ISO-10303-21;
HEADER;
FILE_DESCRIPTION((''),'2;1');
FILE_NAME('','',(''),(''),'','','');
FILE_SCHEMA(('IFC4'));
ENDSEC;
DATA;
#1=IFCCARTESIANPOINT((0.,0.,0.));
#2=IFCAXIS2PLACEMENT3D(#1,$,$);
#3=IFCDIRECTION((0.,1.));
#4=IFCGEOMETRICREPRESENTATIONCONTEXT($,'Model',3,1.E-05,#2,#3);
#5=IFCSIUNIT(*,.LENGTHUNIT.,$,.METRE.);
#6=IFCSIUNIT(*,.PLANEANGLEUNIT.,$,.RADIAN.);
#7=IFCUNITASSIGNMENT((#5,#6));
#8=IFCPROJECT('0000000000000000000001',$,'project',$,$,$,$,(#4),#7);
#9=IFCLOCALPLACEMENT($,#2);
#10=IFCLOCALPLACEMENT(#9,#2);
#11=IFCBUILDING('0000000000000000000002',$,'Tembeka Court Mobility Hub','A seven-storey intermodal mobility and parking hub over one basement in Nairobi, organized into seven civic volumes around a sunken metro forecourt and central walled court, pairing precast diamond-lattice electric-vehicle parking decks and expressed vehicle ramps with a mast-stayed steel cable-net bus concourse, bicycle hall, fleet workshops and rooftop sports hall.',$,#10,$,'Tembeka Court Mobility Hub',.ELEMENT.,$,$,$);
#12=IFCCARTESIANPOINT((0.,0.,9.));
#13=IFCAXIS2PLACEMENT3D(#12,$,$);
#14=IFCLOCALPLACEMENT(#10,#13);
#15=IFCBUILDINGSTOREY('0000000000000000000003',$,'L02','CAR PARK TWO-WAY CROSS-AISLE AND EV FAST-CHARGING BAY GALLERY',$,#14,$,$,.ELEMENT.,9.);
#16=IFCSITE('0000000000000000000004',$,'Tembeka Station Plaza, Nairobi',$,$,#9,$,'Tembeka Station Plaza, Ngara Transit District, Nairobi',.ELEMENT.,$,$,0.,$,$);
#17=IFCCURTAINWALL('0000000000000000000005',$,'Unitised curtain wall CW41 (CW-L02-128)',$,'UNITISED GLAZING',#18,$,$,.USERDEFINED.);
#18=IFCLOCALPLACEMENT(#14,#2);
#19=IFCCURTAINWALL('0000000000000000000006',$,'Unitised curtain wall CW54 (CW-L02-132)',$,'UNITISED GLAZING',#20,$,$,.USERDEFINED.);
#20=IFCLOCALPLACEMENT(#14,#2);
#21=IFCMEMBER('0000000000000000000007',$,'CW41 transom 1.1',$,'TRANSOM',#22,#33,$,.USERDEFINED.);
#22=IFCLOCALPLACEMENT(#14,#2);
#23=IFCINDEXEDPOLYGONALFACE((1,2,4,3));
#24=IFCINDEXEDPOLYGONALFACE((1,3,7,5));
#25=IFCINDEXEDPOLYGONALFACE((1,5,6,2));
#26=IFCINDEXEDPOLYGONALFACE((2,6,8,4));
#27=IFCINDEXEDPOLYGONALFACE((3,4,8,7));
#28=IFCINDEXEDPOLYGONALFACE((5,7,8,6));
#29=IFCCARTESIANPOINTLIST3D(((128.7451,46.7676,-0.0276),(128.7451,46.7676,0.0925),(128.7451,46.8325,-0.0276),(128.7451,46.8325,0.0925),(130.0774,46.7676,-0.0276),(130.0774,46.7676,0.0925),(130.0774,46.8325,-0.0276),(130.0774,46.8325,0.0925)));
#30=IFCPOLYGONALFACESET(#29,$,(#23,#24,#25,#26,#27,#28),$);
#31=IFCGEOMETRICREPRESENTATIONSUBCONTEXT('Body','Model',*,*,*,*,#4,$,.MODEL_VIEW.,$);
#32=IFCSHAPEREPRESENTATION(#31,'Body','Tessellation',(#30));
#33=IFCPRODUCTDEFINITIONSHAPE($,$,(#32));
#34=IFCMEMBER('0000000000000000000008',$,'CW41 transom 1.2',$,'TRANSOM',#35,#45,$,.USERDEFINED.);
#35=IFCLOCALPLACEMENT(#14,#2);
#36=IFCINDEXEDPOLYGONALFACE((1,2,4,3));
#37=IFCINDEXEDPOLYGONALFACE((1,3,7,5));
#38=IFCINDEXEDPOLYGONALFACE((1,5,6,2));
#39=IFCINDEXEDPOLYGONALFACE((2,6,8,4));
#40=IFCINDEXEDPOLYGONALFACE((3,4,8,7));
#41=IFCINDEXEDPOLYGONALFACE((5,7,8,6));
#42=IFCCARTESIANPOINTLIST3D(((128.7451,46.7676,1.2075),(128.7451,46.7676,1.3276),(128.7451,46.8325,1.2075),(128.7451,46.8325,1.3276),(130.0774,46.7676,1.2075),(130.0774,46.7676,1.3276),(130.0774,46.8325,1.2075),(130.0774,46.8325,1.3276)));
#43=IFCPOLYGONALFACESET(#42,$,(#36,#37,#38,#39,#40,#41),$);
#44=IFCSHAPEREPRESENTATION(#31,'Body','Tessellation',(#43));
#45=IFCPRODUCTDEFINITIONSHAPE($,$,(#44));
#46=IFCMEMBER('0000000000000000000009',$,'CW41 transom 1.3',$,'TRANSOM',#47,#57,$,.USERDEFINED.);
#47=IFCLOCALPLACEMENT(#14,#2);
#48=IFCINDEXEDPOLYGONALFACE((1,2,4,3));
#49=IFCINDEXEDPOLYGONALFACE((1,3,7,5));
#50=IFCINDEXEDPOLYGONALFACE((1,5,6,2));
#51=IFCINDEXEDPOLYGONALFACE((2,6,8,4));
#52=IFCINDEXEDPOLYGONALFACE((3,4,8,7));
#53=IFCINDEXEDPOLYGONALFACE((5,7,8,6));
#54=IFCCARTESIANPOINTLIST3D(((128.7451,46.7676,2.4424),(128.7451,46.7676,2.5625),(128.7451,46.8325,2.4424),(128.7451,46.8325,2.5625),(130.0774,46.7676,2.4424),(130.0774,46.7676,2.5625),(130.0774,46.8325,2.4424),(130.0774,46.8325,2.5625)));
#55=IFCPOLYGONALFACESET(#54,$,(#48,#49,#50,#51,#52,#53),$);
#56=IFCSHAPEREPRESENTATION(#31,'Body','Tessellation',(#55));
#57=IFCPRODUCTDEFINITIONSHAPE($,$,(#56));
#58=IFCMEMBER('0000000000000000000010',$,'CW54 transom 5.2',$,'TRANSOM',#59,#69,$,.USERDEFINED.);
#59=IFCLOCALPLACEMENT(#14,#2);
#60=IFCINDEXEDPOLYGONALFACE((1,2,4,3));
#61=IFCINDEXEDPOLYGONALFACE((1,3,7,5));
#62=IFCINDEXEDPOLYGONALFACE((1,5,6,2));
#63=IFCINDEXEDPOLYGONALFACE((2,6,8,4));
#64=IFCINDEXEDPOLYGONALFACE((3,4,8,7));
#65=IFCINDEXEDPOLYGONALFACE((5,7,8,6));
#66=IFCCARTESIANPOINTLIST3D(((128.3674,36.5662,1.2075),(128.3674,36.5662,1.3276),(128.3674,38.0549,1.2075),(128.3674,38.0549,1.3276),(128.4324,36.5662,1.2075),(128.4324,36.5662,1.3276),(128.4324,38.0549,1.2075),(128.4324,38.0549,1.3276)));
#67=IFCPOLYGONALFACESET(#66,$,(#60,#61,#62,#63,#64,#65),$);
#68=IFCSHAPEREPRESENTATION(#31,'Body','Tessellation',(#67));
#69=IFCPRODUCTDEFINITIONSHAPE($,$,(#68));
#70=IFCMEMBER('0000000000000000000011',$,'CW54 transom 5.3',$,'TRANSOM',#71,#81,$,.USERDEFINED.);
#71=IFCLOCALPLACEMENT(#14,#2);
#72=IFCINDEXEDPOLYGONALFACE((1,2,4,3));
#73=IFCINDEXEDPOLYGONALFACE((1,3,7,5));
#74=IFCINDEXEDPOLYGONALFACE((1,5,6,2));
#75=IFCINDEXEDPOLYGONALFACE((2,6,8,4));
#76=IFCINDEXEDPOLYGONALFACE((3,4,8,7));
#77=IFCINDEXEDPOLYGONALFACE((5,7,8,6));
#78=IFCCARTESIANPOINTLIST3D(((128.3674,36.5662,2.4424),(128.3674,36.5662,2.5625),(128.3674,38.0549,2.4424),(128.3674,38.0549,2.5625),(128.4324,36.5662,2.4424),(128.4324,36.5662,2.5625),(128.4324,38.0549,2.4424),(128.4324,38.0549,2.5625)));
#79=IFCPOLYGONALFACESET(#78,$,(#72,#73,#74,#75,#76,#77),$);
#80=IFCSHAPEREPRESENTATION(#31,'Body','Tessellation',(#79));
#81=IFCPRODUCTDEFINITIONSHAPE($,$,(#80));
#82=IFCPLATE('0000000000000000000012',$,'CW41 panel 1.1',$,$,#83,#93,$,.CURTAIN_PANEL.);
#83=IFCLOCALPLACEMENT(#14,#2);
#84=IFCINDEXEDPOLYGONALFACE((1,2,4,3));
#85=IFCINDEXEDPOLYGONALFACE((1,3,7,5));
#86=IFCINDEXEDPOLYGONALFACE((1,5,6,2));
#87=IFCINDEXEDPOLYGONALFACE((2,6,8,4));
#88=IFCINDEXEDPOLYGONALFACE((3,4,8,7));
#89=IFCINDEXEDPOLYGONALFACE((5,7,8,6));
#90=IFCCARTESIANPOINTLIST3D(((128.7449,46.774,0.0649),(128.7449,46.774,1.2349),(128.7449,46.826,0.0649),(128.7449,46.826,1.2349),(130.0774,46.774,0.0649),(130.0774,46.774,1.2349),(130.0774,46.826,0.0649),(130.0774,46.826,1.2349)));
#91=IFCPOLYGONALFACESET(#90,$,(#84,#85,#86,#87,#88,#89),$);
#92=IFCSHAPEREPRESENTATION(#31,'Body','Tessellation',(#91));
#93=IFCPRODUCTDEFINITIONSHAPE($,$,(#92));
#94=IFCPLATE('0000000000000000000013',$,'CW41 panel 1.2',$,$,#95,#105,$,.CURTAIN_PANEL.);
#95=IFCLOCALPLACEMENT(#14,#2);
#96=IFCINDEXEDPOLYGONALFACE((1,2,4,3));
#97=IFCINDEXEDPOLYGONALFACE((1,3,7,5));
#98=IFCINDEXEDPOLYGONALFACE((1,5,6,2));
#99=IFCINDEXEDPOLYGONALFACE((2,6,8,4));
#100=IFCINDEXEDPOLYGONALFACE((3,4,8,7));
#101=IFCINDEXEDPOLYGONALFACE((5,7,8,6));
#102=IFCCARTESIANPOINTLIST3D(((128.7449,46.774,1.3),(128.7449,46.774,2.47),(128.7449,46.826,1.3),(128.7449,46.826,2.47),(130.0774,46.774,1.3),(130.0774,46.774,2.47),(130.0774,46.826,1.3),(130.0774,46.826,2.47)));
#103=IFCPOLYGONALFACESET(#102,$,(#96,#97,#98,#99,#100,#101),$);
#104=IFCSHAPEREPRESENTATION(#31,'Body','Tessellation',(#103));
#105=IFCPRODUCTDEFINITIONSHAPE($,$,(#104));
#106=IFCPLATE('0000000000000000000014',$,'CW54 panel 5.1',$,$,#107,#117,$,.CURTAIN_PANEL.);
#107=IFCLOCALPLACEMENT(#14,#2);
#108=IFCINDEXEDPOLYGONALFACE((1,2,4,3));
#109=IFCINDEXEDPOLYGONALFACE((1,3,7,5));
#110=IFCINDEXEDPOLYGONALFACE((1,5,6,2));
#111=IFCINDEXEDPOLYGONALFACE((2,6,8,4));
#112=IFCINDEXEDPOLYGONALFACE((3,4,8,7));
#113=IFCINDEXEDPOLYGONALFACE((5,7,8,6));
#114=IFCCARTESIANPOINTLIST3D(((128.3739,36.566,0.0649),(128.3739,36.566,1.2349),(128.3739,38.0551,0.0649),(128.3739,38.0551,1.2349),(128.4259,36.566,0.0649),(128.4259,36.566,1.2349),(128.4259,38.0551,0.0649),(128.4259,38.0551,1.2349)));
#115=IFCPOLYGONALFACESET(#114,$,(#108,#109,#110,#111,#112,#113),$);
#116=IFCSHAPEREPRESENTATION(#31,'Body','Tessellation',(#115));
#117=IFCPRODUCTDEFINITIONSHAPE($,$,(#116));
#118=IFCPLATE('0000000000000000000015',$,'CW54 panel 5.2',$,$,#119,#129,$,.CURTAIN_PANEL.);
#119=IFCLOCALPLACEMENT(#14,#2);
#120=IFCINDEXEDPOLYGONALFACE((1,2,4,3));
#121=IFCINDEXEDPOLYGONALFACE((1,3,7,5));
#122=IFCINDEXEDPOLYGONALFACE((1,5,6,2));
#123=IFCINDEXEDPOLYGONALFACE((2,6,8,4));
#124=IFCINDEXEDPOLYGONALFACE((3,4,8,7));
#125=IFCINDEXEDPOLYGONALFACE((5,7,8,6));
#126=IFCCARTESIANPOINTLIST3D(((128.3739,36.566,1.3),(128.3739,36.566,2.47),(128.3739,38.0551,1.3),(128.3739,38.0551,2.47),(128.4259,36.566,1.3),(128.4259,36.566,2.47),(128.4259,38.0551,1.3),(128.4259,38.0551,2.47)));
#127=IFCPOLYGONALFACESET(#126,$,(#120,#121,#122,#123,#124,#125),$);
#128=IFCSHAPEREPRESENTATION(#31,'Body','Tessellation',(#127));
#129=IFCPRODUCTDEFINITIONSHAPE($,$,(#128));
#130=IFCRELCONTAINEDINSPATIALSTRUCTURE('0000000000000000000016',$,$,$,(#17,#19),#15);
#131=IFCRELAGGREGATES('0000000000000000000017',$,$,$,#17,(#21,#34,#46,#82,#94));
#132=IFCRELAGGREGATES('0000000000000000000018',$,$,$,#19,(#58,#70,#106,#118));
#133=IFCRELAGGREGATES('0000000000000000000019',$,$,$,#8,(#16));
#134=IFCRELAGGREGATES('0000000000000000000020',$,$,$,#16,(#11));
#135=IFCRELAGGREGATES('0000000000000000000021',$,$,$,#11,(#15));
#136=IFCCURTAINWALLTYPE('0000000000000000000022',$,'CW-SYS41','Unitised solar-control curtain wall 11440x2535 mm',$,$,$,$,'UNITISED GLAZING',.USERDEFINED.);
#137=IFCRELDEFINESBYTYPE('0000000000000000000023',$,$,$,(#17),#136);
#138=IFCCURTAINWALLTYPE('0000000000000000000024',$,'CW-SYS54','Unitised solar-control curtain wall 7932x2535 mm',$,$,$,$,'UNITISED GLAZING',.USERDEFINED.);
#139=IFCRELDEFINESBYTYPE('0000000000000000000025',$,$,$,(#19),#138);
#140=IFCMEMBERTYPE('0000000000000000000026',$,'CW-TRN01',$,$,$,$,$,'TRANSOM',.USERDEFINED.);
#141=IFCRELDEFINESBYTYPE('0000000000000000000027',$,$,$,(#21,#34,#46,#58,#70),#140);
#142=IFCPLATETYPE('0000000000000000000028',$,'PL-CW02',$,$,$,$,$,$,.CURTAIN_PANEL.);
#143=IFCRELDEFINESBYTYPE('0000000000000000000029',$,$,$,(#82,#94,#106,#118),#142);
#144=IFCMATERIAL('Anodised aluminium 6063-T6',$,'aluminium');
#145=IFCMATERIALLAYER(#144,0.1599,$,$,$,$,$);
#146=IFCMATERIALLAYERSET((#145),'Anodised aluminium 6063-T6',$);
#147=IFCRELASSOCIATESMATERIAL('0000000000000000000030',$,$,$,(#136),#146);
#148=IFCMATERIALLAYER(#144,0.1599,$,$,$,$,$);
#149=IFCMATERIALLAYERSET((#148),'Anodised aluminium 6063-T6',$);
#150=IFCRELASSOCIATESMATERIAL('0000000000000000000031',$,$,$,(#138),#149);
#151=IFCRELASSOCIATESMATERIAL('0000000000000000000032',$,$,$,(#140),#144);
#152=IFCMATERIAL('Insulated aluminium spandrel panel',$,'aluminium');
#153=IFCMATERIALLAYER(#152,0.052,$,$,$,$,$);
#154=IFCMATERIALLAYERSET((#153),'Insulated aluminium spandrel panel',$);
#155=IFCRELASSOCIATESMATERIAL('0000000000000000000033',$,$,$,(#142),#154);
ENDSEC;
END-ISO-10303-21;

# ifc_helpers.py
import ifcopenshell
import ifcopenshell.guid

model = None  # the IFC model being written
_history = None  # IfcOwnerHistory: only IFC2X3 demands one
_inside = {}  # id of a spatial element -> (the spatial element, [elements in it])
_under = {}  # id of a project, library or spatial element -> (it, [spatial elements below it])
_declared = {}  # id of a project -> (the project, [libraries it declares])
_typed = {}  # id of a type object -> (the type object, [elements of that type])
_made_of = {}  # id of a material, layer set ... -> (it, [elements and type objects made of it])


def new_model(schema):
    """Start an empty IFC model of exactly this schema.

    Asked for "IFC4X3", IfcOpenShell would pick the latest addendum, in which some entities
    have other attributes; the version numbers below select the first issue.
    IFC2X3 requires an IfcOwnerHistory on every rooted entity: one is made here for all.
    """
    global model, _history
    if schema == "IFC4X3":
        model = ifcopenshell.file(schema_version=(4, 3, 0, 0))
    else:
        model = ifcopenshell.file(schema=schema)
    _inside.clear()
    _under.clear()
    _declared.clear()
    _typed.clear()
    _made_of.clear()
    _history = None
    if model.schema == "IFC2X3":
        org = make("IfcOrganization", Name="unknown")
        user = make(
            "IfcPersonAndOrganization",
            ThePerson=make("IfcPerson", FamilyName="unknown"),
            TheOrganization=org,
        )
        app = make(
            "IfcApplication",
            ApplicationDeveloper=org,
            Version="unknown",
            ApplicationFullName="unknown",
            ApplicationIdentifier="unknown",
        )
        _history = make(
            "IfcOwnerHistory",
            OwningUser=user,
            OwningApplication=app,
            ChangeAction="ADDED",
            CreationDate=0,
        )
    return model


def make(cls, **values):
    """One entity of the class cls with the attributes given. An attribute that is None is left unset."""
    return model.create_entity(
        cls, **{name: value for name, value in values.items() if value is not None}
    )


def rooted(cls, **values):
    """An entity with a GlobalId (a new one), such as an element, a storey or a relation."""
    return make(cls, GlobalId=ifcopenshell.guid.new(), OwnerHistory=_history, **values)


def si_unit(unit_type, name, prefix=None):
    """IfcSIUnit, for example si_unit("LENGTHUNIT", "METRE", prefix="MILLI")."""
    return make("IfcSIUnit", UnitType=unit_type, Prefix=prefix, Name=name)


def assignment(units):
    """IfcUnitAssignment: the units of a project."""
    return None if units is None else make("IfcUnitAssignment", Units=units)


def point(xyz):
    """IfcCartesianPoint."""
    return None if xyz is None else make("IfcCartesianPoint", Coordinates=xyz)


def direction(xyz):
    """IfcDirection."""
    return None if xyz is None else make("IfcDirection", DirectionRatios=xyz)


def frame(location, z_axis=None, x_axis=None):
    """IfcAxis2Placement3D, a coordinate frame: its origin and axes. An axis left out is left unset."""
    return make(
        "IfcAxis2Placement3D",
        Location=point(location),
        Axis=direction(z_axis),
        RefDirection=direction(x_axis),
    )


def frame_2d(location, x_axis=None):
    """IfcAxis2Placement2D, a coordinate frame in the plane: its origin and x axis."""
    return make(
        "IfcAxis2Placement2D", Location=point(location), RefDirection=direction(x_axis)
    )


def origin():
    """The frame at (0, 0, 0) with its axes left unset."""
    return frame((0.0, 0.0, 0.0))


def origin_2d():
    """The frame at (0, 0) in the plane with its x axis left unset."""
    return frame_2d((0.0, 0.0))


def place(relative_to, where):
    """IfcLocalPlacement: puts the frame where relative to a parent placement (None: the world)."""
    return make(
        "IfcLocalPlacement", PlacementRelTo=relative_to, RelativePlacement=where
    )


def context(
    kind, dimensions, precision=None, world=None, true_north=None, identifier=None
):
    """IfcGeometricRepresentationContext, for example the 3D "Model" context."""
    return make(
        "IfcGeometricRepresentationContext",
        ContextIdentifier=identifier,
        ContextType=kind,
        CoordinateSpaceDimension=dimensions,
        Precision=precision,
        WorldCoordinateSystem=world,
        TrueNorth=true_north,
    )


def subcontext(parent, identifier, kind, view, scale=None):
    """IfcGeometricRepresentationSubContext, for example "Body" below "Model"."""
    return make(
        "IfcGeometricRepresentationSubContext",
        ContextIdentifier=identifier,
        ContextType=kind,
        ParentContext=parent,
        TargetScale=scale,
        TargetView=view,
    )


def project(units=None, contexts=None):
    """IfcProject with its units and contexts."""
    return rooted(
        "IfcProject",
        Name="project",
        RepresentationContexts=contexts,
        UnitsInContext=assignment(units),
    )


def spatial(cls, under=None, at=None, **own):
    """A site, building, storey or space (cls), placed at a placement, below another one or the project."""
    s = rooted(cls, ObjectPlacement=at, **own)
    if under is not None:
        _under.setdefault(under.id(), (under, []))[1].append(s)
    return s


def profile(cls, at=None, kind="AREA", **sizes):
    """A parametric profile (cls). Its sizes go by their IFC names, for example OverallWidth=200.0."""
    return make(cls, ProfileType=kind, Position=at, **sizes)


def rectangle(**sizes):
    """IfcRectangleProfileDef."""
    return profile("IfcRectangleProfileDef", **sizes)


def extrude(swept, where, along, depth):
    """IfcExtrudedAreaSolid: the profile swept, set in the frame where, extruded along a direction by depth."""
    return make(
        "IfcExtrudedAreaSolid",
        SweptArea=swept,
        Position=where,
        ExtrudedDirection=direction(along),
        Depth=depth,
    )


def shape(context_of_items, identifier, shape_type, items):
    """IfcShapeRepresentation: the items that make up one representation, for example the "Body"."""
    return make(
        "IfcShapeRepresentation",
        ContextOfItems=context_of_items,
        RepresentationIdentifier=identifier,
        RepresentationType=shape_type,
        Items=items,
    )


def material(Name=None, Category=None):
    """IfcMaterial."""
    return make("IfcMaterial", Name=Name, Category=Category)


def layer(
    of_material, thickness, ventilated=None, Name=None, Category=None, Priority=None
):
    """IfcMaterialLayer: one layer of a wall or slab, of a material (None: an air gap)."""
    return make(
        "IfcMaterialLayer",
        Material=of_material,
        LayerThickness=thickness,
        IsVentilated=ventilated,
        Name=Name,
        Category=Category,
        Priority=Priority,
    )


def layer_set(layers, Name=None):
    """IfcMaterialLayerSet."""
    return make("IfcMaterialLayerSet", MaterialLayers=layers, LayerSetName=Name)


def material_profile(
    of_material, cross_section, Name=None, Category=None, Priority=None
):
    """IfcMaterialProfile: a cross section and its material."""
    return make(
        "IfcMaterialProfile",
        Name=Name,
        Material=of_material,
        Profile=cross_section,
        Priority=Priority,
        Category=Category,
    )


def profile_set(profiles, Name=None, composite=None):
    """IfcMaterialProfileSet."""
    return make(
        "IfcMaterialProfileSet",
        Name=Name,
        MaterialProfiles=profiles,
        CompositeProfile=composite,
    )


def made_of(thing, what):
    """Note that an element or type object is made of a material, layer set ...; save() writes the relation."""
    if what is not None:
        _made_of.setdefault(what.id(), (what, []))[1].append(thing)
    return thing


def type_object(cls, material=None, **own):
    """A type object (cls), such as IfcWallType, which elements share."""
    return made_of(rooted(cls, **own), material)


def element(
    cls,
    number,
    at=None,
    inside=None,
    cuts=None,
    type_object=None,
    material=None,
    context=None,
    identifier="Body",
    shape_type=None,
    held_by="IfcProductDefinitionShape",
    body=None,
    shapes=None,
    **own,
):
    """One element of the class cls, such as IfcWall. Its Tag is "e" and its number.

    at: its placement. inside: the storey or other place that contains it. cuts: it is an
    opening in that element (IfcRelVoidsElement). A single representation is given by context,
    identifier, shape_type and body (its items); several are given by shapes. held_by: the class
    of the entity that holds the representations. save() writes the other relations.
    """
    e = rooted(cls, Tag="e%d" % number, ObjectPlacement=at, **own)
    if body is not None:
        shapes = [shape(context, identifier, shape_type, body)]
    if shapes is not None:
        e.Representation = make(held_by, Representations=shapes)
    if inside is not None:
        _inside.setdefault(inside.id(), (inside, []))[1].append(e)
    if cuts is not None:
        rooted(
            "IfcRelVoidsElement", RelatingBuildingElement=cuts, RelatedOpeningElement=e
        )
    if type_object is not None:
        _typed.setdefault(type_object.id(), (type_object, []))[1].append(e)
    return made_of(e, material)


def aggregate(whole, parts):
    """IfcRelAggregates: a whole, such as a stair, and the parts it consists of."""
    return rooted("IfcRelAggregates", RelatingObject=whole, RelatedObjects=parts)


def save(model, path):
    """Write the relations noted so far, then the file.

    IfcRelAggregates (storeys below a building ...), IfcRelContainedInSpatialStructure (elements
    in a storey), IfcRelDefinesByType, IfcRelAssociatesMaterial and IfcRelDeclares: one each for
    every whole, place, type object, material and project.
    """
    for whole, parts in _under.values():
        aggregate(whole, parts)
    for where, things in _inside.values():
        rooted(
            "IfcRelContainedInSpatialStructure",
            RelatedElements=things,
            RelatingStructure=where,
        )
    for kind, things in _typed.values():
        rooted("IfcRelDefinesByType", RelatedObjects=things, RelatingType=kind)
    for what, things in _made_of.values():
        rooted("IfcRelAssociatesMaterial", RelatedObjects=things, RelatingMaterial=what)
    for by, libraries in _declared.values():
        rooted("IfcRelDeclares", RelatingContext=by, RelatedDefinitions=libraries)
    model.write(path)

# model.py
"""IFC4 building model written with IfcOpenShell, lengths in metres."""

from ifc_helpers import new_model, si_unit, direction, frame, origin, origin_2d, place, context, subcontext, project, spatial, rectangle, extrude, material, layer, layer_set, material_profile, profile_set, type_object, element, aggregate, save


model = new_model("IFC4")

# Units and contexts
model_context = context("Model", 3, precision=1e-05, world=origin(), true_north=direction((0.0, 1.0)))
body_context = subcontext(model_context, "Body", "Model", "MODEL_VIEW")
ifc_project = project(units=[si_unit("LENGTHUNIT", "METRE"), si_unit("PLANEANGLEUNIT", "RADIAN")], contexts=[model_context])

# Site, building, storey
site_placement = place(None, origin())
site = spatial("IfcSite", under=ifc_project, at=site_placement, Name="Tembeka Station Plaza, Nairobi", LongName="Tembeka Station Plaza, Ngara Transit District, Nairobi", CompositionType="ELEMENT", RefElevation=0.0)
building_placement = place(site_placement, origin())
building = spatial("IfcBuilding", under=site, at=building_placement, Name="Tembeka Court Mobility Hub", Description="A seven-storey intermodal mobility and parking hub over one basement in Nairobi, organized into seven civic volumes around a sunken metro forecourt and central walled court, pairing precast diamond-lattice electric-vehicle parking decks and expressed vehicle ramps with a mast-stayed steel cable-net bus concourse, bicycle hall, fleet workshops and rooftop sports hall.", LongName="Tembeka Court Mobility Hub", CompositionType="ELEMENT")
storey_placement = place(building_placement, frame((0.0, 0.0, 9.0)))
storey = spatial("IfcBuildingStorey", under=building, at=storey_placement, Name="L02", Description="CAR PARK TWO-WAY CROSS-AISLE AND EV FAST-CHARGING BAY GALLERY", CompositionType="ELEMENT", Elevation=9.0)

# Curtain wall
ifc_material_1 = material(Name="Anodised aluminium 6063-T6", Category="aluminium")
ifc_layer_1 = layer(ifc_material_1, 0.1599)
ifc_layer_set_1 = layer_set([ifc_layer_1], Name="Anodised aluminium 6063-T6")
curtain_wall_type_1 = type_object("IfcCurtainWallType", Name="CW-SYS41", Description="Unitised solar-control curtain wall 11440x2535 mm", ElementType="UNITISED GLAZING", PredefinedType="USERDEFINED", material=ifc_layer_set_1)
curtain_wall_1_placement = place(storey_placement, origin())
curtain_wall_1 = element("IfcCurtainWall", 1, at=curtain_wall_1_placement, inside=storey, type_object=curtain_wall_type_1, Name="Unitised curtain wall CW41 (CW-L02-128)", ObjectType="UNITISED GLAZING", PredefinedType="USERDEFINED")

# Curtain wall
ifc_layer_2 = layer(ifc_material_1, 0.1599)
ifc_layer_set_2 = layer_set([ifc_layer_2], Name="Anodised aluminium 6063-T6")
curtain_wall_type_2 = type_object("IfcCurtainWallType", Name="CW-SYS54", Description="Unitised solar-control curtain wall 7932x2535 mm", ElementType="UNITISED GLAZING", PredefinedType="USERDEFINED", material=ifc_layer_set_2)
curtain_wall_2_placement = place(storey_placement, origin())
curtain_wall_2 = element("IfcCurtainWall", 2, at=curtain_wall_2_placement, inside=storey, type_object=curtain_wall_type_2, Name="Unitised curtain wall CW54 (CW-L02-132)", ObjectType="UNITISED GLAZING", PredefinedType="USERDEFINED")

# Members
ifc_material_profile_1 = material_profile(ifc_material_1, rectangle(XDim=0.0649, YDim=0.1201, at=origin_2d()), Name="ALU-TRN 65x120")
ifc_profile_set_1 = profile_set([ifc_material_profile_1], Name="Anodised aluminium 6063-T6")
member_type_1 = type_object("IfcMemberType", Name="CW-TRN01", ElementType="TRANSOM", PredefinedType="USERDEFINED", material=ifc_profile_set_1)
member_1_placement = place(storey_placement, frame((128.7451, 46.8, 0.0325), z_axis=(1.0, 0.0, 0.0), x_axis=(0.0, 1.0, 0.0)))
member_1 = element("IfcMember", 3, at=member_1_placement, type_object=member_type_1, Name="CW41 transom 1.1", ObjectType="TRANSOM", PredefinedType="USERDEFINED", context=body_context, shape_type="SweptSolid", body=[
    extrude(rectangle(XDim=0.0649, YDim=0.1201, at=origin_2d()), origin(), (0.0, 0.0, 1.0), 1.3323),
])
member_2_placement = place(storey_placement, frame((128.7451, 46.8, 1.2676), z_axis=(1.0, 0.0, 0.0), x_axis=(0.0, 1.0, 0.0)))
member_2 = element("IfcMember", 4, at=member_2_placement, type_object=member_type_1, Name="CW41 transom 1.2", ObjectType="TRANSOM", PredefinedType="USERDEFINED", context=body_context, shape_type="SweptSolid", body=[
    extrude(rectangle(XDim=0.0649, YDim=0.1201, at=origin_2d()), origin(), (0.0, 0.0, 1.0), 1.3323),
])
member_3_placement = place(storey_placement, frame((128.7451, 46.8, 2.5024), z_axis=(1.0, 0.0, 0.0), x_axis=(0.0, 1.0, 0.0)))
member_3 = element("IfcMember", 5, at=member_3_placement, type_object=member_type_1, Name="CW41 transom 1.3", ObjectType="TRANSOM", PredefinedType="USERDEFINED", context=body_context, shape_type="SweptSolid", body=[
    extrude(rectangle(XDim=0.0649, YDim=0.1201, at=origin_2d()), origin(), (0.0, 0.0, 1.0), 1.3323),
])
member_4_placement = place(storey_placement, frame((128.3999, 36.5662, 1.2676), z_axis=(0.0, 1.0, 0.0), x_axis=(-1.0, 0.0, 0.0)))
member_4 = element("IfcMember", 6, at=member_4_placement, type_object=member_type_1, Name="CW54 transom 5.2", ObjectType="TRANSOM", PredefinedType="USERDEFINED", context=body_context, shape_type="SweptSolid", body=[
    extrude(rectangle(XDim=0.0649, YDim=0.1201, at=origin_2d()), origin(), (0.0, 0.0, 1.0), 1.4888),
])
member_5_placement = place(storey_placement, frame((128.3999, 36.5662, 2.5024), z_axis=(0.0, 1.0, 0.0), x_axis=(-1.0, 0.0, 0.0)))
member_5 = element("IfcMember", 7, at=member_5_placement, type_object=member_type_1, Name="CW54 transom 5.3", ObjectType="TRANSOM", PredefinedType="USERDEFINED", context=body_context, shape_type="SweptSolid", body=[
    extrude(rectangle(XDim=0.0649, YDim=0.1201, at=origin_2d()), origin(), (0.0, 0.0, 1.0), 1.4888),
])

# Plates
ifc_material_2 = material(Name="Insulated aluminium spandrel panel", Category="aluminium")
ifc_layer_3 = layer(ifc_material_2, 0.052)
ifc_layer_set_3 = layer_set([ifc_layer_3], Name="Insulated aluminium spandrel panel")
plate_type = type_object("IfcPlateType", Name="PL-CW02", PredefinedType="CURTAIN_PANEL", material=ifc_layer_set_3)
plate_1_placement = place(storey_placement, frame((129.4111, 46.8, 0.0649), z_axis=(0.0, 0.0, 1.0), x_axis=(1.0, 0.0, 0.0)))
plate_1 = element("IfcPlate", 8, at=plate_1_placement, type_object=plate_type, Name="CW41 panel 1.1", PredefinedType="CURTAIN_PANEL", context=body_context, shape_type="SweptSolid", body=[
    extrude(rectangle(XDim=1.3325, YDim=0.052, at=origin_2d()), origin(), (0.0, 0.0, 1.0), 1.1699),
])
plate_2_placement = place(storey_placement, frame((129.4111, 46.8, 1.3), z_axis=(0.0, 0.0, 1.0), x_axis=(1.0, 0.0, 0.0)))
plate_2 = element("IfcPlate", 9, at=plate_2_placement, type_object=plate_type, Name="CW41 panel 1.2", PredefinedType="CURTAIN_PANEL", context=body_context, shape_type="SweptSolid", body=[
    extrude(rectangle(XDim=1.3325, YDim=0.052, at=origin_2d()), origin(), (0.0, 0.0, 1.0), 1.1699),
])
aggregate(curtain_wall_1, [member_1, member_2, member_3, plate_1, plate_2])
plate_3_placement = place(storey_placement, frame((128.3999, 37.3105, 0.0649), z_axis=(0.0, 0.0, 1.0), x_axis=(0.0, 1.0, 0.0)))
plate_3 = element("IfcPlate", 10, at=plate_3_placement, type_object=plate_type, Name="CW54 panel 5.1", PredefinedType="CURTAIN_PANEL", context=body_context, shape_type="SweptSolid", body=[
    extrude(rectangle(XDim=1.489, YDim=0.052, at=origin_2d()), origin(), (0.0, 0.0, 1.0), 1.1699),
])
plate_4_placement = place(storey_placement, frame((128.3999, 37.3105, 1.3), z_axis=(0.0, 0.0, 1.0), x_axis=(0.0, 1.0, 0.0)))
plate_4 = element("IfcPlate", 11, at=plate_4_placement, type_object=plate_type, Name="CW54 panel 5.2", PredefinedType="CURTAIN_PANEL", context=body_context, shape_type="SweptSolid", body=[
    extrude(rectangle(XDim=1.489, YDim=0.052, at=origin_2d()), origin(), (0.0, 0.0, 1.0), 1.1699),
])
aggregate(curtain_wall_2, [member_4, member_5, plate_3, plate_4])

save(model, "model.ifc")
